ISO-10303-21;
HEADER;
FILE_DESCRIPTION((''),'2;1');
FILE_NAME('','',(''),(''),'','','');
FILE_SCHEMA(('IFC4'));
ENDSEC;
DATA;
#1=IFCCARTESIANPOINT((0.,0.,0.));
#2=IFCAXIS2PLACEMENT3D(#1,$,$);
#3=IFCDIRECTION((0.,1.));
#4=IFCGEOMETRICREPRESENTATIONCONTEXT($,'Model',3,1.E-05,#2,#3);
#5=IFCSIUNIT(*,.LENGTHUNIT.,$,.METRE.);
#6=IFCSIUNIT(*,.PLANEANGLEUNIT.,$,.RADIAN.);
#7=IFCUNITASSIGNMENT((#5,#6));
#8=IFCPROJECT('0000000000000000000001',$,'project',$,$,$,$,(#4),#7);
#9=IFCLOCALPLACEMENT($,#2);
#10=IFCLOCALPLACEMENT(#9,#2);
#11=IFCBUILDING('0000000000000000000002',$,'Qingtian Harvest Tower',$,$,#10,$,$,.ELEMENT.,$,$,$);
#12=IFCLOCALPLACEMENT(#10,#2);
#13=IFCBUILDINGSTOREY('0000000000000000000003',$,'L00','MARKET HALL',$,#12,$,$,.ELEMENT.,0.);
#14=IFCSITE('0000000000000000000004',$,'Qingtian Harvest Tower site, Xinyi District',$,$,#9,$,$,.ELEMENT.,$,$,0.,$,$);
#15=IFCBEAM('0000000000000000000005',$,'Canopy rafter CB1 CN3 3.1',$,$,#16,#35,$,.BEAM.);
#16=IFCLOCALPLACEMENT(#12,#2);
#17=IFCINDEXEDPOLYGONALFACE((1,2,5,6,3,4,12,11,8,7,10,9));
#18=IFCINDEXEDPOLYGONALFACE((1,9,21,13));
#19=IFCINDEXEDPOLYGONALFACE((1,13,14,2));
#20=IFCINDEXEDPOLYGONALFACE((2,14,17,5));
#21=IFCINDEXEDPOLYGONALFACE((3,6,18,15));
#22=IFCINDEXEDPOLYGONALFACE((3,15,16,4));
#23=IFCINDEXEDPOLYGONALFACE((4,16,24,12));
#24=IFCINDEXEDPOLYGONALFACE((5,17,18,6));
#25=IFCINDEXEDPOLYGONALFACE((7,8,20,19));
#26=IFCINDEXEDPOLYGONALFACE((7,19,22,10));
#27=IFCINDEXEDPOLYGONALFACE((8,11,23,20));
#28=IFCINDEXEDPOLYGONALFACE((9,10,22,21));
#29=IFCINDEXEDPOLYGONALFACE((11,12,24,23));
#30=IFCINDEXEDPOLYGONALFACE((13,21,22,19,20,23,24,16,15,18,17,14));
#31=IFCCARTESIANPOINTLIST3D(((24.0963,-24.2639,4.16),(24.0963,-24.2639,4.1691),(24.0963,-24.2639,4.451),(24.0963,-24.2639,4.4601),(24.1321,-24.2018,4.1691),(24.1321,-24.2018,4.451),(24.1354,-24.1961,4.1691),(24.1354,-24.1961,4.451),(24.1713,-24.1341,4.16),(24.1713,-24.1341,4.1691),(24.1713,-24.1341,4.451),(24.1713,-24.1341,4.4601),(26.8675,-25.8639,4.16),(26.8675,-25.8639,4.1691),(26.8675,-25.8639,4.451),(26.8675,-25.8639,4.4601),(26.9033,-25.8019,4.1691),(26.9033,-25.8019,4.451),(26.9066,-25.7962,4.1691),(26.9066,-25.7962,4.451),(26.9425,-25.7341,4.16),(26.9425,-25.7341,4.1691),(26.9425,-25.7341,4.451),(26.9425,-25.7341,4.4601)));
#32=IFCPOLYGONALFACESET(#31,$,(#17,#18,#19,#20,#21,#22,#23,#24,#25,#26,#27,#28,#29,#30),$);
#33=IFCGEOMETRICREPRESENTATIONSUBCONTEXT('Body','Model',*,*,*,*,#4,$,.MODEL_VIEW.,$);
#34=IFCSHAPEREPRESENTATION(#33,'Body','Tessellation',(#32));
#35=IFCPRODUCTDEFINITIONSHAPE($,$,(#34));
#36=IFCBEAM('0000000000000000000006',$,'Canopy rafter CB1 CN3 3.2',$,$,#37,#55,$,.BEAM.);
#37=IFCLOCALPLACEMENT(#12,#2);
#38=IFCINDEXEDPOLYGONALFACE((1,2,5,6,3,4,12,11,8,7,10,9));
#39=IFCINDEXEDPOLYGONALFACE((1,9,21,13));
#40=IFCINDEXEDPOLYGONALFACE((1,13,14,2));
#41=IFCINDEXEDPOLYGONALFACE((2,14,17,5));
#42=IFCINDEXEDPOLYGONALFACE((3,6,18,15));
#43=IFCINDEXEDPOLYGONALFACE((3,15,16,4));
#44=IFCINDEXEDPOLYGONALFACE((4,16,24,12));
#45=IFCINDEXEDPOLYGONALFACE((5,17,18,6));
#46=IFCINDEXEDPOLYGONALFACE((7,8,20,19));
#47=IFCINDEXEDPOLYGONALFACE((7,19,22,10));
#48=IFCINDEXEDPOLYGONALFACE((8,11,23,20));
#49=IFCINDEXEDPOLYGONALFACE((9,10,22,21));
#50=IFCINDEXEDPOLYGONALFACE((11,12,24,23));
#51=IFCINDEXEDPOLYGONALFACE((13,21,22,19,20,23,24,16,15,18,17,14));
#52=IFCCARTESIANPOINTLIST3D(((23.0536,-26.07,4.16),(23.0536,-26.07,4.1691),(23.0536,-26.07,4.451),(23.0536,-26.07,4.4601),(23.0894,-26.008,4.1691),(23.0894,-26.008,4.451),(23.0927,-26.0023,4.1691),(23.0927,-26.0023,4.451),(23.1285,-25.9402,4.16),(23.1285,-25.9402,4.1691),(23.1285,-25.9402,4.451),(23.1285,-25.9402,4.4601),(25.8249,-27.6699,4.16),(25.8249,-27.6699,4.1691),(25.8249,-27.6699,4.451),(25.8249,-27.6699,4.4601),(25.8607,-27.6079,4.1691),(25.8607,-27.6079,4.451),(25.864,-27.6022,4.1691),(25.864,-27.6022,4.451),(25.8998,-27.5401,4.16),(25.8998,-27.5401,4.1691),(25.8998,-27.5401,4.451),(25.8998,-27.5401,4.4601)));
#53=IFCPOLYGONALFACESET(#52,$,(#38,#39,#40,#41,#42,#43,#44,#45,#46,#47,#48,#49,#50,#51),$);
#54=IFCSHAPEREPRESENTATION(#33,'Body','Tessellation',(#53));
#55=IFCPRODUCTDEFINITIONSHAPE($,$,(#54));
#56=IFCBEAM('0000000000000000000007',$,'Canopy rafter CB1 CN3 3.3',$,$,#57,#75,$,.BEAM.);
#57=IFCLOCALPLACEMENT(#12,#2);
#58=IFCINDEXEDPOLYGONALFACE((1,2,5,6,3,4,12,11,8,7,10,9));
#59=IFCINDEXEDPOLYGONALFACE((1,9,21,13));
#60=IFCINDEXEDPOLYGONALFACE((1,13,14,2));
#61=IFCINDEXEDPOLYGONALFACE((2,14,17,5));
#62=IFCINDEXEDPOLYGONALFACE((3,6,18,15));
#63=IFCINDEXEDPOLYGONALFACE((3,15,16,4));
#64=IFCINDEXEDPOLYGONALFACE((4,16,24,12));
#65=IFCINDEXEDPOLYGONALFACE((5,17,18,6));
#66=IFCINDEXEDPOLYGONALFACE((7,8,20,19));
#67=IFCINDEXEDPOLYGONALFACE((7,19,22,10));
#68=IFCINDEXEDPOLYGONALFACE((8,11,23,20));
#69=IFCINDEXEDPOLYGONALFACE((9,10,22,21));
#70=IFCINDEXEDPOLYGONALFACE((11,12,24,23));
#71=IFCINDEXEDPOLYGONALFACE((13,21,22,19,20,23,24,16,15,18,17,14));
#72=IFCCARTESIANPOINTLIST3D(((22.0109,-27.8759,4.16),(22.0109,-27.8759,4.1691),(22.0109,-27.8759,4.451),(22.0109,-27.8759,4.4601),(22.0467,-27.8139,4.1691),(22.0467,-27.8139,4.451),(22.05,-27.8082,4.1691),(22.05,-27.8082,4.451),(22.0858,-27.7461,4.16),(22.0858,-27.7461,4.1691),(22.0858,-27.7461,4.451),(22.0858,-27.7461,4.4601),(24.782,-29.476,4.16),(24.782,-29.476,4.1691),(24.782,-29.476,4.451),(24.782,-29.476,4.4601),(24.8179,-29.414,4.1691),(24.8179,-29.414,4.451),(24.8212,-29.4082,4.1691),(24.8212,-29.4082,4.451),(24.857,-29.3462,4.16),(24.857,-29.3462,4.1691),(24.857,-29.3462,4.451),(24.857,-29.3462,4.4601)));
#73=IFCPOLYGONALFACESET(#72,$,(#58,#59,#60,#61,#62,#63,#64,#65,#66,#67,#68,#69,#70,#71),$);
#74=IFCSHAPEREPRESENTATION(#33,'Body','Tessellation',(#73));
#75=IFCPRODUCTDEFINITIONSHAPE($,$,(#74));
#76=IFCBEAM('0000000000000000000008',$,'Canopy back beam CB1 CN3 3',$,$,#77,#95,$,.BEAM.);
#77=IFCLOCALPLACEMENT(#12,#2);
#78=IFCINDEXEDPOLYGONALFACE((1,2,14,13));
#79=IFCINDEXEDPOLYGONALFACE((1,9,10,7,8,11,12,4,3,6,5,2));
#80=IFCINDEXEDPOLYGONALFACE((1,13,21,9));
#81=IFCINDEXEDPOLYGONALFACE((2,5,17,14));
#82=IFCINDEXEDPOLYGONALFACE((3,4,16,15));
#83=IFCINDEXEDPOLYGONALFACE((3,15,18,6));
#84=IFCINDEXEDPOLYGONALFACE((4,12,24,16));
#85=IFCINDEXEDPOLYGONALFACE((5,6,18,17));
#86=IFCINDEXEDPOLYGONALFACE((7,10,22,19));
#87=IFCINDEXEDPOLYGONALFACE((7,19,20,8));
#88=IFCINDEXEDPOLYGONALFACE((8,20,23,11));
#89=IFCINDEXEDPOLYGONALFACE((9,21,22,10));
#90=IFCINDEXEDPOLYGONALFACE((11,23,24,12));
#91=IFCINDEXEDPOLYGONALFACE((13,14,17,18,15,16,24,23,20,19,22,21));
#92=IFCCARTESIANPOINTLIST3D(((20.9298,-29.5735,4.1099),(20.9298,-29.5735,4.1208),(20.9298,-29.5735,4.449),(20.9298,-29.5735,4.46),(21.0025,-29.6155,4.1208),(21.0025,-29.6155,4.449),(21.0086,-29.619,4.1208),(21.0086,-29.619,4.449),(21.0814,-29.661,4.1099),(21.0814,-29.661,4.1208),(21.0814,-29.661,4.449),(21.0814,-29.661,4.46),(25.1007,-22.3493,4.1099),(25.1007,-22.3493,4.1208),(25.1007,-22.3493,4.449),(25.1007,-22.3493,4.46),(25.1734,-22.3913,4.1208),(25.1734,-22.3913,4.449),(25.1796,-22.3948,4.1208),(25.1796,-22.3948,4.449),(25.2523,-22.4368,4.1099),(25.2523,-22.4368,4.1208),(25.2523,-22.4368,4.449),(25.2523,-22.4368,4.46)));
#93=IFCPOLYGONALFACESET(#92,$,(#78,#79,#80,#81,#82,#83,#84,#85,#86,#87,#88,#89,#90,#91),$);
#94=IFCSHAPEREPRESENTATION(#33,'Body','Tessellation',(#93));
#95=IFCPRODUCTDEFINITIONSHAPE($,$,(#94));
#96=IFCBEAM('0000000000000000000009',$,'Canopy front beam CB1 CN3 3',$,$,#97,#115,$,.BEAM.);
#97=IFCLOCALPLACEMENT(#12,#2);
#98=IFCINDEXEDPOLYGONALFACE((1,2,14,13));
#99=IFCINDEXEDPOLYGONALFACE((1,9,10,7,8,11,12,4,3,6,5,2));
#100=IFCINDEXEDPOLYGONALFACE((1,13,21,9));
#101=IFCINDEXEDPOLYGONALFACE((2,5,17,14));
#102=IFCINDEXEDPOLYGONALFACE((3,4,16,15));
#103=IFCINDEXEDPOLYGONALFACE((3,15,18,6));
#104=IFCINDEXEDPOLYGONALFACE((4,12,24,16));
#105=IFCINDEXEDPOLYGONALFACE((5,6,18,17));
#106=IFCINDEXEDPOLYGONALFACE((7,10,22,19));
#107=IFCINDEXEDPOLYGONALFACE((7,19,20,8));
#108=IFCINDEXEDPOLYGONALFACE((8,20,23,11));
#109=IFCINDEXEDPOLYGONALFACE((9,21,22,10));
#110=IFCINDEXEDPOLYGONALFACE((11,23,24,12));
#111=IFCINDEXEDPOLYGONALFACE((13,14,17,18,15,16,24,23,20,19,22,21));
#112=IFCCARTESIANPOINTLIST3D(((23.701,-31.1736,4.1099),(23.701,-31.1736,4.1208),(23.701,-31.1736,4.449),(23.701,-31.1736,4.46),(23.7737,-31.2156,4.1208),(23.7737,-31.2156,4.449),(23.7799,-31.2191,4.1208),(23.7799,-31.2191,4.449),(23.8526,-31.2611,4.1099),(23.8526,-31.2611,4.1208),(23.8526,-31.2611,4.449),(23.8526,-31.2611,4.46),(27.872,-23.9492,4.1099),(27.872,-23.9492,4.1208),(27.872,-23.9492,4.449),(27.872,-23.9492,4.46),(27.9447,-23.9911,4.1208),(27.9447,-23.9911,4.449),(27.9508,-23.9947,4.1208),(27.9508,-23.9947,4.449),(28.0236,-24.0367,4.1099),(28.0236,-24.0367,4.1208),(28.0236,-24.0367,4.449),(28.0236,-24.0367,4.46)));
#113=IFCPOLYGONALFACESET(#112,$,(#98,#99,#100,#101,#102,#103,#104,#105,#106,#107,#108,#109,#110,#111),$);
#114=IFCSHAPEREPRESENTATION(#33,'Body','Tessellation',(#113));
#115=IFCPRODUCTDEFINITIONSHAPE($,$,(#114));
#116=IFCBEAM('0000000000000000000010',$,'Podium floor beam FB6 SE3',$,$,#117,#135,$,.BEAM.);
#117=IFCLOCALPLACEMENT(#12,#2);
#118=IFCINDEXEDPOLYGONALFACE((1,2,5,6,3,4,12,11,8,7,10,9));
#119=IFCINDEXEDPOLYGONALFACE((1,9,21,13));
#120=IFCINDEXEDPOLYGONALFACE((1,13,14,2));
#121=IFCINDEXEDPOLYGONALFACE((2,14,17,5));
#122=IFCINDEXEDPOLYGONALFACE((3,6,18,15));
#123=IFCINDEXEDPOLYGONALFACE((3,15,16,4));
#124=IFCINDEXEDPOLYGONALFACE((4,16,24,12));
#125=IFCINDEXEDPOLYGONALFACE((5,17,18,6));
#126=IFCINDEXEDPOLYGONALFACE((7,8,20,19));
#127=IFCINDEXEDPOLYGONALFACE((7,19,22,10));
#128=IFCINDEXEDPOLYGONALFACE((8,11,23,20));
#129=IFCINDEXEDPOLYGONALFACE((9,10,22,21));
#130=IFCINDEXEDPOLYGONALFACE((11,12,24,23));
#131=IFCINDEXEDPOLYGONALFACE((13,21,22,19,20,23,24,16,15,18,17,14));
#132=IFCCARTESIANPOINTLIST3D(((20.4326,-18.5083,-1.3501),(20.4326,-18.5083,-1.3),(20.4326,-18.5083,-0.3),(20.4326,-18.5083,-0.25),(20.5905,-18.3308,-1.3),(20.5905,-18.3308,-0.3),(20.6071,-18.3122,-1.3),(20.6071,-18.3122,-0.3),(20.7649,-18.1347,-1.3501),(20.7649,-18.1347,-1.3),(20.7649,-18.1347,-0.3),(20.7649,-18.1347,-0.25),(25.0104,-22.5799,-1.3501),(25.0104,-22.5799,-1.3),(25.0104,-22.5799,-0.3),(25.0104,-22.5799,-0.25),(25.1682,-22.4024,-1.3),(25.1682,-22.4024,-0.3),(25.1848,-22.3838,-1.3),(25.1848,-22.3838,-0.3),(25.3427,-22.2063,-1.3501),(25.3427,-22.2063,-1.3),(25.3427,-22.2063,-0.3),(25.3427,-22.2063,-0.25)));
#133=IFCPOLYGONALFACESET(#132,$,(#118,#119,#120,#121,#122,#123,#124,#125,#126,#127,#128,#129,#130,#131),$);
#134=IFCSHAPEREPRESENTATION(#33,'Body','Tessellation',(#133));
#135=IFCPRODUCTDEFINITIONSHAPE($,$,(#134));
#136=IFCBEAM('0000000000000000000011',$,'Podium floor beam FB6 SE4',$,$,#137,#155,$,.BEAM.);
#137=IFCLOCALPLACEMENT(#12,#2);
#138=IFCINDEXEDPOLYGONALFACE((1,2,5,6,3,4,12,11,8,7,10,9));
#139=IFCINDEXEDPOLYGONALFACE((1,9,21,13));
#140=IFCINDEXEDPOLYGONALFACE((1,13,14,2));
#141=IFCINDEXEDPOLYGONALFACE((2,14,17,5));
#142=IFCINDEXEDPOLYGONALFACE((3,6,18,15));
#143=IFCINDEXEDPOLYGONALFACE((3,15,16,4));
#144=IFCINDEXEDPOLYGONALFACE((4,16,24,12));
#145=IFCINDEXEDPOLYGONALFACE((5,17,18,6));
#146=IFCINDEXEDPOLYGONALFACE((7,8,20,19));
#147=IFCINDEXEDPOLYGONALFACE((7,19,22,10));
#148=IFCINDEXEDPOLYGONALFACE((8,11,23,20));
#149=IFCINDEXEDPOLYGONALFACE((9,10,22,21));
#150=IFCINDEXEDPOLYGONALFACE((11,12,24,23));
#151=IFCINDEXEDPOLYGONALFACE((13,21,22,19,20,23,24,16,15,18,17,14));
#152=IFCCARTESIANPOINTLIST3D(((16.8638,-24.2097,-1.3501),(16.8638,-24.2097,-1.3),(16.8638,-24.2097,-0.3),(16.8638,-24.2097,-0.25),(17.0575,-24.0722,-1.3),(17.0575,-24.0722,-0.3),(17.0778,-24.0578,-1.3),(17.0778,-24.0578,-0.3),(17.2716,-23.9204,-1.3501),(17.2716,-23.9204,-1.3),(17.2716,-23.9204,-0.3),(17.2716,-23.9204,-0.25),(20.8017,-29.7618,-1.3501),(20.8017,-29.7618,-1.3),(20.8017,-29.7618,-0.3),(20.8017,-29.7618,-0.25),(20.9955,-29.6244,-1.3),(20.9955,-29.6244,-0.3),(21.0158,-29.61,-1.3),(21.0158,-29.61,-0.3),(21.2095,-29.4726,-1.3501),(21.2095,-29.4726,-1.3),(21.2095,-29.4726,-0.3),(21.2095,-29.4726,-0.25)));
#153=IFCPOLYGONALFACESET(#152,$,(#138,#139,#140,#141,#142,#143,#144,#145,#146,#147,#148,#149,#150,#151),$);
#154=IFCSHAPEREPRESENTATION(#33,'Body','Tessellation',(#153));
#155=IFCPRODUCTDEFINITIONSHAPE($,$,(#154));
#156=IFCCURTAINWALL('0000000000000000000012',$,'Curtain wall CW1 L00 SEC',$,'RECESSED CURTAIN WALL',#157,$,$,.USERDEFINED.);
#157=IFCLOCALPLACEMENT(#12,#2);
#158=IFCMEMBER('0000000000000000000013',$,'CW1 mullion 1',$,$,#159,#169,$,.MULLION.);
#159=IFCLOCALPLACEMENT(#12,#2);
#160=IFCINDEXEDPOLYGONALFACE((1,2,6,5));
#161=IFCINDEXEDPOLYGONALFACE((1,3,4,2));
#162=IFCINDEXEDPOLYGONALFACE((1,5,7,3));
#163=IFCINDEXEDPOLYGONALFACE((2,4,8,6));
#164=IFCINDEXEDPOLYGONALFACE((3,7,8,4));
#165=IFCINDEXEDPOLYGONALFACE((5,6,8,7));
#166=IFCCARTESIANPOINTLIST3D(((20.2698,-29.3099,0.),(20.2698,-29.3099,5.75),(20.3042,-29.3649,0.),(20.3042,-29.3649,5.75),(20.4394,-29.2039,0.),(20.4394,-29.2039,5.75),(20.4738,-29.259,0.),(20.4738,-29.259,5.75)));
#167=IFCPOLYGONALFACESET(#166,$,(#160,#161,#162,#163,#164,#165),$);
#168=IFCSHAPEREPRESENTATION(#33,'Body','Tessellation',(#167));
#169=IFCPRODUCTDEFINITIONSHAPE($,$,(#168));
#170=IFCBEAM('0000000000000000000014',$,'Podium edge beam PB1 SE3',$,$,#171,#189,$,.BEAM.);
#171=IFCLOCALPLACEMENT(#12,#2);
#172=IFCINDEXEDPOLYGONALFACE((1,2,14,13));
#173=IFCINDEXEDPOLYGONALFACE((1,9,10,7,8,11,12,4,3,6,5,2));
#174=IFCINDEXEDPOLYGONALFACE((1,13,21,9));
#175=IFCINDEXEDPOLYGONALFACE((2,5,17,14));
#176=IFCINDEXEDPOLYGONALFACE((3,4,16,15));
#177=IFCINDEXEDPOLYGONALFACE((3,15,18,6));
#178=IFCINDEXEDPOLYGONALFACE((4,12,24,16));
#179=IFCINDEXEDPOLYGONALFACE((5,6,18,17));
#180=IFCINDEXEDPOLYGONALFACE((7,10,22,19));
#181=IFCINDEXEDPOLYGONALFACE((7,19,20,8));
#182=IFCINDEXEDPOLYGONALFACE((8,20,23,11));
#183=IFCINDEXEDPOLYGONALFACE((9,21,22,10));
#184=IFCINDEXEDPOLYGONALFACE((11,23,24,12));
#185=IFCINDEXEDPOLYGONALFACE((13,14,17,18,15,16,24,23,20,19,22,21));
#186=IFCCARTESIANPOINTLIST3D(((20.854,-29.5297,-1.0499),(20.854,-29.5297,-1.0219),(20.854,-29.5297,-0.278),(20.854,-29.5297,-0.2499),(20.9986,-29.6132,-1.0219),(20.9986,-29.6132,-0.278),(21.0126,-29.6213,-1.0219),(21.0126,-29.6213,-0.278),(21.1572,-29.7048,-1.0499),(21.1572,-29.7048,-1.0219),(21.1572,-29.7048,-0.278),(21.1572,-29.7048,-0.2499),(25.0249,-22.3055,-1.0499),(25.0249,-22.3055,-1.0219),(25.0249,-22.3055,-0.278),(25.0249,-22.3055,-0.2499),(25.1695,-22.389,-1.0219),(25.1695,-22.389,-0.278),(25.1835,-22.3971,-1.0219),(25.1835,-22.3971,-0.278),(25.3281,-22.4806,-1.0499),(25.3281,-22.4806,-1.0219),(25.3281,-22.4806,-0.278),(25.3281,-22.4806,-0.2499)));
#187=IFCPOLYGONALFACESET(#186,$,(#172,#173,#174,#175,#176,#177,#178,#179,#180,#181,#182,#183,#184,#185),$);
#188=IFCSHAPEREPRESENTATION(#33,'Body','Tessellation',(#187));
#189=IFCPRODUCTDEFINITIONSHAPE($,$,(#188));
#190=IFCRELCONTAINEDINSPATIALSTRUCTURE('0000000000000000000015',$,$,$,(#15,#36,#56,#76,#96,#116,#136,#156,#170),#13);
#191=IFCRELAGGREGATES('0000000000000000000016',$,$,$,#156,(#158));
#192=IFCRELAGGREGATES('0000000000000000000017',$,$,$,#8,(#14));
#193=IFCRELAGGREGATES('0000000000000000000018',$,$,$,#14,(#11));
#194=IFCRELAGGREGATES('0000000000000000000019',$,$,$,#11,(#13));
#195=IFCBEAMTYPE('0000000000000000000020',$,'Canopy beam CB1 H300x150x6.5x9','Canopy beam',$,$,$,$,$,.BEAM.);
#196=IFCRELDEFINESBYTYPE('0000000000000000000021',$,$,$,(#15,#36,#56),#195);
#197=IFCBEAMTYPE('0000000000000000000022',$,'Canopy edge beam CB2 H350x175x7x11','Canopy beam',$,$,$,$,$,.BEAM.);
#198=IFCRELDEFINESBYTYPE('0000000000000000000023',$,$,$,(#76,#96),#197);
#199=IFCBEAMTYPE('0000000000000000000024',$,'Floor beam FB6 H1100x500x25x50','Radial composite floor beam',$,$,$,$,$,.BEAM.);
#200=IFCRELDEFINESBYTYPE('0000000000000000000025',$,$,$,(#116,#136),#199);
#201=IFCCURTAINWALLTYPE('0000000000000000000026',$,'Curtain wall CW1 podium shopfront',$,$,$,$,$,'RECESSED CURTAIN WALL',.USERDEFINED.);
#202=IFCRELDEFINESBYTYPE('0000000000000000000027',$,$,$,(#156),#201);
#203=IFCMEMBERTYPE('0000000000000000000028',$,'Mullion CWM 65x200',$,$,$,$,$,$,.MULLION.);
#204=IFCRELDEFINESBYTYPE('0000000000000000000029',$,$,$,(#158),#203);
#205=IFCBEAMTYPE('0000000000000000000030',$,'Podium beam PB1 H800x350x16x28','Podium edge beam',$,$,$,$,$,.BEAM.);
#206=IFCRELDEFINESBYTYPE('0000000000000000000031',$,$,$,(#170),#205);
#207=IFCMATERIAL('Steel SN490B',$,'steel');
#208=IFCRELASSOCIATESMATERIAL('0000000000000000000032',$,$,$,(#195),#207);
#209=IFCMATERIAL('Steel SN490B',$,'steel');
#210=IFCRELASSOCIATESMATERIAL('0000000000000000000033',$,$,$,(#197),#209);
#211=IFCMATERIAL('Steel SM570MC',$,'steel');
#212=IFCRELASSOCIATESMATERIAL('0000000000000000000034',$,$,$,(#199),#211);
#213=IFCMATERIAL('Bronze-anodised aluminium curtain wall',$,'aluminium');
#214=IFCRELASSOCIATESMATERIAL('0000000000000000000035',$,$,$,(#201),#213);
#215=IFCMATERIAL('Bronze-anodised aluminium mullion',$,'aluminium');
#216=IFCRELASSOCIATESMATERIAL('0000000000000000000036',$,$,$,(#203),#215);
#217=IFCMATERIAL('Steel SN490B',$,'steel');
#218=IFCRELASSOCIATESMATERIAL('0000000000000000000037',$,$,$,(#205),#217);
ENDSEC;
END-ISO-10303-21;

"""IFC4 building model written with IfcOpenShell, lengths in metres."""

from ifc_helpers import new_model, si_unit, direction, frame, origin, origin_2d, place, context, subcontext, project, spatial, rectangle, i_section, extrude, material, material_profile, profile_set, type_object, element, aggregate, save


model = new_model("IFC4")

# Units and contexts
model_context = context("Model", 3, precision=1e-05, world=origin(), true_north=direction((0.0, 1.0)))
body_context = subcontext(model_context, "Body", "Model", "MODEL_VIEW")
ifc_project = project(units=[si_unit("LENGTHUNIT", "METRE"), si_unit("PLANEANGLEUNIT", "RADIAN")], contexts=[model_context])

# Site, building, storey
site_placement = place(None, origin())
site = spatial("IfcSite", under=ifc_project, at=site_placement, Name="Qingtian Harvest Tower site, Xinyi District", CompositionType="ELEMENT", RefElevation=0.0)
building_placement = place(site_placement, origin())
building = spatial("IfcBuilding", under=site, at=building_placement, Name="Qingtian Harvest Tower", CompositionType="ELEMENT")
storey_placement = place(building_placement, origin())
storey = spatial("IfcBuildingStorey", under=building, at=storey_placement, Name="L00", Description="MARKET HALL", CompositionType="ELEMENT", Elevation=0.0)

# Beams
ifc_material_1 = material(Name="Steel SN490B", Category="steel")
ifc_material_profile_1 = material_profile(ifc_material_1, i_section(OverallWidth=0.1499, OverallDepth=0.3, WebThickness=0.0066, FlangeThickness=0.009, at=origin_2d()), Name="H300x150x6.5x9")
ifc_profile_set_1 = profile_set([ifc_material_profile_1], Name="Steel SN490B")
beam_type_1 = type_object("IfcBeamType", Name="Canopy beam CB1 H300x150x6.5x9", Description="Canopy beam", PredefinedType="BEAM", material=ifc_profile_set_1)
for number, where, z_axis, x_axis, name in (
    (1, (24.1338, -24.199, 4.3101), (0.866009, -0.500028, 0.0), (0.500028, 0.866009, 0.0), "Canopy rafter CB1 CN3 3.1"),
    (2, (23.0911, -26.0051, 4.3101), (0.866042, -0.499971, 0.0), (0.499971, 0.866042, 0.0), "Canopy rafter CB1 CN3 3.2"),
    (3, (22.0483, -27.811, 4.3101), (0.866009, -0.500028, 0.0), (0.500028, 0.866009, 0.0), "Canopy rafter CB1 CN3 3.3"),
):
    element("IfcBeam", number, at=place(storey_placement, frame(where, z_axis=z_axis, x_axis=x_axis)), inside=storey, type_object=beam_type_1, Name=name, PredefinedType="BEAM", context=body_context, shape_type="SweptSolid", body=[
        extrude(i_section(OverallWidth=0.1499, OverallDepth=0.3, WebThickness=0.0066, FlangeThickness=0.009, at=origin_2d()), origin(), (0.0, 0.0, 1.0), 3.2),
    ])
ifc_material_2 = material(Name="Steel SN490B", Category="steel")
ifc_material_profile_2 = material_profile(ifc_material_2, i_section(OverallWidth=0.175, OverallDepth=0.3501, WebThickness=0.0071, FlangeThickness=0.011, at=origin_2d()), Name="H350x175x7x11")
ifc_profile_set_2 = profile_set([ifc_material_profile_2], Name="Steel SN490B")
beam_type_2 = type_object("IfcBeamType", Name="Canopy edge beam CB2 H350x175x7x11", Description="Canopy beam", PredefinedType="BEAM", material=ifc_profile_set_2)
beam_1_placement = place(storey_placement, frame((25.1765, -22.3931, 4.2849), z_axis=(-0.500005, -0.866023, 0.0), x_axis=(0.866023, -0.500005, 0.0)))
element("IfcBeam", 4, at=beam_1_placement, inside=storey, type_object=beam_type_2, Name="Canopy back beam CB1 CN3 3", PredefinedType="BEAM", context=body_context, shape_type="SweptSolid", body=[
    extrude(i_section(OverallWidth=0.175, OverallDepth=0.3501, WebThickness=0.0071, FlangeThickness=0.011, at=origin_2d()), origin(), (0.0, 0.0, 1.0), 8.3418),
])
beam_2_placement = place(storey_placement, frame((27.9478, -23.9929, 4.2849), z_axis=(-0.499992, -0.86603, 0.0), x_axis=(0.86603, -0.499992, 0.0)))
element("IfcBeam", 5, at=beam_2_placement, inside=storey, type_object=beam_type_2, Name="Canopy front beam CB1 CN3 3", PredefinedType="BEAM", context=body_context, shape_type="SweptSolid", body=[
    extrude(i_section(OverallWidth=0.175, OverallDepth=0.3501, WebThickness=0.0071, FlangeThickness=0.011, at=origin_2d()), origin(), (0.0, 0.0, 1.0), 8.342),
])
ifc_material_3 = material(Name="Steel SM570MC", Category="steel")
ifc_material_profile_3 = material_profile(ifc_material_3, i_section(OverallWidth=0.5, OverallDepth=1.1001, WebThickness=0.0249, FlangeThickness=0.05, at=origin_2d()), Name="H1100x500x25x50")
ifc_profile_set_3 = profile_set([ifc_material_profile_3], Name="Steel SM570MC")
beam_type_3 = type_object("IfcBeamType", Name="Floor beam FB6 H1100x500x25x50", Description="Radial composite floor beam", PredefinedType="BEAM", material=ifc_profile_set_3)
beam_3_placement = place(storey_placement, frame((25.1765, -22.3931, -0.8), z_axis=(-0.747205, 0.664594, 0.0), x_axis=(-0.664594, -0.747205, 0.0)))
element("IfcBeam", 6, at=beam_3_placement, inside=storey, type_object=beam_type_3, Name="Podium floor beam FB6 SE3", PredefinedType="BEAM", context=body_context, shape_type="SweptSolid", body=[
    extrude(i_section(OverallWidth=0.5, OverallDepth=1.1001, WebThickness=0.0249, FlangeThickness=0.05, at=origin_2d()), origin(), (0.0, 0.0, 1.0), 6.1265),
])
beam_4_placement = place(storey_placement, frame((21.0056, -29.6172, -0.8), z_axis=(-0.578521, 0.815668, 0.0), x_axis=(-0.815668, -0.578521, 0.0)))
element("IfcBeam", 7, at=beam_4_placement, inside=storey, type_object=beam_type_3, Name="Podium floor beam FB6 SE4", PredefinedType="BEAM", context=body_context, shape_type="SweptSolid", body=[
    extrude(i_section(OverallWidth=0.5, OverallDepth=1.1001, WebThickness=0.0249, FlangeThickness=0.05, at=origin_2d()), origin(), (0.0, 0.0, 1.0), 6.8069),
])

# Curtain wall, member
ifc_material_4 = material(Name="Bronze-anodised aluminium curtain wall", Category="aluminium")
curtain_wall_type = type_object("IfcCurtainWallType", Name="Curtain wall CW1 podium shopfront", ElementType="RECESSED CURTAIN WALL", PredefinedType="USERDEFINED", material=ifc_material_4)
curtain_wall_placement = place(storey_placement, origin())
curtain_wall = element("IfcCurtainWall", 8, at=curtain_wall_placement, inside=storey, type_object=curtain_wall_type, Name="Curtain wall CW1 L00 SEC", ObjectType="RECESSED CURTAIN WALL", PredefinedType="USERDEFINED")
ifc_material_5 = material(Name="Bronze-anodised aluminium mullion", Category="aluminium")
ifc_material_profile_4 = material_profile(ifc_material_5, rectangle(XDim=0.0649, YDim=0.2, at=origin_2d()), Name="AL 65x200")
ifc_profile_set_4 = profile_set([ifc_material_profile_4], Name="Bronze-anodised aluminium mullion")
member_type_1 = type_object("IfcMemberType", Name="Mullion CWM 65x200", PredefinedType="MULLION", material=ifc_profile_set_4)
member_1_placement = place(storey_placement, frame((20.3718, -29.2844, 0.0), z_axis=(0.0, 0.0, 1.0), x_axis=(0.529919, -0.848048, 0.0)))
member_1 = element("IfcMember", 9, at=member_1_placement, type_object=member_type_1, Name="CW1 mullion 1", PredefinedType="MULLION", context=body_context, shape_type="SweptSolid", body=[
    extrude(rectangle(XDim=0.0649, YDim=0.2, at=origin_2d()), origin(), (0.0, 0.0, 1.0), 5.75),
])

# Beam
ifc_material_6 = material(Name="Steel SN490B", Category="steel")
ifc_material_profile_5 = material_profile(ifc_material_6, i_section(OverallWidth=0.3501, OverallDepth=0.8, WebThickness=0.0161, FlangeThickness=0.0281, at=origin_2d()), Name="H800x350x16x28")
ifc_profile_set_5 = profile_set([ifc_material_profile_5], Name="Steel SN490B")
beam_type_4 = type_object("IfcBeamType", Name="Podium beam PB1 H800x350x16x28", Description="Podium edge beam", PredefinedType="BEAM", material=ifc_profile_set_5)
beam_5_placement = place(storey_placement, frame((25.1765, -22.3931, -0.6499), z_axis=(-0.500005, -0.866023, 0.0), x_axis=(0.866023, -0.500005, 0.0)))
element("IfcBeam", 10, at=beam_5_placement, inside=storey, type_object=beam_type_4, Name="Podium edge beam PB1 SE3", PredefinedType="BEAM", context=body_context, shape_type="SweptSolid", body=[
    extrude(i_section(OverallWidth=0.3501, OverallDepth=0.8, WebThickness=0.0161, FlangeThickness=0.0281, at=origin_2d()), origin(), (0.0, 0.0, 1.0), 8.3418),
])

aggregate(curtain_wall, [member_1])

save(model, "model.ifc")
